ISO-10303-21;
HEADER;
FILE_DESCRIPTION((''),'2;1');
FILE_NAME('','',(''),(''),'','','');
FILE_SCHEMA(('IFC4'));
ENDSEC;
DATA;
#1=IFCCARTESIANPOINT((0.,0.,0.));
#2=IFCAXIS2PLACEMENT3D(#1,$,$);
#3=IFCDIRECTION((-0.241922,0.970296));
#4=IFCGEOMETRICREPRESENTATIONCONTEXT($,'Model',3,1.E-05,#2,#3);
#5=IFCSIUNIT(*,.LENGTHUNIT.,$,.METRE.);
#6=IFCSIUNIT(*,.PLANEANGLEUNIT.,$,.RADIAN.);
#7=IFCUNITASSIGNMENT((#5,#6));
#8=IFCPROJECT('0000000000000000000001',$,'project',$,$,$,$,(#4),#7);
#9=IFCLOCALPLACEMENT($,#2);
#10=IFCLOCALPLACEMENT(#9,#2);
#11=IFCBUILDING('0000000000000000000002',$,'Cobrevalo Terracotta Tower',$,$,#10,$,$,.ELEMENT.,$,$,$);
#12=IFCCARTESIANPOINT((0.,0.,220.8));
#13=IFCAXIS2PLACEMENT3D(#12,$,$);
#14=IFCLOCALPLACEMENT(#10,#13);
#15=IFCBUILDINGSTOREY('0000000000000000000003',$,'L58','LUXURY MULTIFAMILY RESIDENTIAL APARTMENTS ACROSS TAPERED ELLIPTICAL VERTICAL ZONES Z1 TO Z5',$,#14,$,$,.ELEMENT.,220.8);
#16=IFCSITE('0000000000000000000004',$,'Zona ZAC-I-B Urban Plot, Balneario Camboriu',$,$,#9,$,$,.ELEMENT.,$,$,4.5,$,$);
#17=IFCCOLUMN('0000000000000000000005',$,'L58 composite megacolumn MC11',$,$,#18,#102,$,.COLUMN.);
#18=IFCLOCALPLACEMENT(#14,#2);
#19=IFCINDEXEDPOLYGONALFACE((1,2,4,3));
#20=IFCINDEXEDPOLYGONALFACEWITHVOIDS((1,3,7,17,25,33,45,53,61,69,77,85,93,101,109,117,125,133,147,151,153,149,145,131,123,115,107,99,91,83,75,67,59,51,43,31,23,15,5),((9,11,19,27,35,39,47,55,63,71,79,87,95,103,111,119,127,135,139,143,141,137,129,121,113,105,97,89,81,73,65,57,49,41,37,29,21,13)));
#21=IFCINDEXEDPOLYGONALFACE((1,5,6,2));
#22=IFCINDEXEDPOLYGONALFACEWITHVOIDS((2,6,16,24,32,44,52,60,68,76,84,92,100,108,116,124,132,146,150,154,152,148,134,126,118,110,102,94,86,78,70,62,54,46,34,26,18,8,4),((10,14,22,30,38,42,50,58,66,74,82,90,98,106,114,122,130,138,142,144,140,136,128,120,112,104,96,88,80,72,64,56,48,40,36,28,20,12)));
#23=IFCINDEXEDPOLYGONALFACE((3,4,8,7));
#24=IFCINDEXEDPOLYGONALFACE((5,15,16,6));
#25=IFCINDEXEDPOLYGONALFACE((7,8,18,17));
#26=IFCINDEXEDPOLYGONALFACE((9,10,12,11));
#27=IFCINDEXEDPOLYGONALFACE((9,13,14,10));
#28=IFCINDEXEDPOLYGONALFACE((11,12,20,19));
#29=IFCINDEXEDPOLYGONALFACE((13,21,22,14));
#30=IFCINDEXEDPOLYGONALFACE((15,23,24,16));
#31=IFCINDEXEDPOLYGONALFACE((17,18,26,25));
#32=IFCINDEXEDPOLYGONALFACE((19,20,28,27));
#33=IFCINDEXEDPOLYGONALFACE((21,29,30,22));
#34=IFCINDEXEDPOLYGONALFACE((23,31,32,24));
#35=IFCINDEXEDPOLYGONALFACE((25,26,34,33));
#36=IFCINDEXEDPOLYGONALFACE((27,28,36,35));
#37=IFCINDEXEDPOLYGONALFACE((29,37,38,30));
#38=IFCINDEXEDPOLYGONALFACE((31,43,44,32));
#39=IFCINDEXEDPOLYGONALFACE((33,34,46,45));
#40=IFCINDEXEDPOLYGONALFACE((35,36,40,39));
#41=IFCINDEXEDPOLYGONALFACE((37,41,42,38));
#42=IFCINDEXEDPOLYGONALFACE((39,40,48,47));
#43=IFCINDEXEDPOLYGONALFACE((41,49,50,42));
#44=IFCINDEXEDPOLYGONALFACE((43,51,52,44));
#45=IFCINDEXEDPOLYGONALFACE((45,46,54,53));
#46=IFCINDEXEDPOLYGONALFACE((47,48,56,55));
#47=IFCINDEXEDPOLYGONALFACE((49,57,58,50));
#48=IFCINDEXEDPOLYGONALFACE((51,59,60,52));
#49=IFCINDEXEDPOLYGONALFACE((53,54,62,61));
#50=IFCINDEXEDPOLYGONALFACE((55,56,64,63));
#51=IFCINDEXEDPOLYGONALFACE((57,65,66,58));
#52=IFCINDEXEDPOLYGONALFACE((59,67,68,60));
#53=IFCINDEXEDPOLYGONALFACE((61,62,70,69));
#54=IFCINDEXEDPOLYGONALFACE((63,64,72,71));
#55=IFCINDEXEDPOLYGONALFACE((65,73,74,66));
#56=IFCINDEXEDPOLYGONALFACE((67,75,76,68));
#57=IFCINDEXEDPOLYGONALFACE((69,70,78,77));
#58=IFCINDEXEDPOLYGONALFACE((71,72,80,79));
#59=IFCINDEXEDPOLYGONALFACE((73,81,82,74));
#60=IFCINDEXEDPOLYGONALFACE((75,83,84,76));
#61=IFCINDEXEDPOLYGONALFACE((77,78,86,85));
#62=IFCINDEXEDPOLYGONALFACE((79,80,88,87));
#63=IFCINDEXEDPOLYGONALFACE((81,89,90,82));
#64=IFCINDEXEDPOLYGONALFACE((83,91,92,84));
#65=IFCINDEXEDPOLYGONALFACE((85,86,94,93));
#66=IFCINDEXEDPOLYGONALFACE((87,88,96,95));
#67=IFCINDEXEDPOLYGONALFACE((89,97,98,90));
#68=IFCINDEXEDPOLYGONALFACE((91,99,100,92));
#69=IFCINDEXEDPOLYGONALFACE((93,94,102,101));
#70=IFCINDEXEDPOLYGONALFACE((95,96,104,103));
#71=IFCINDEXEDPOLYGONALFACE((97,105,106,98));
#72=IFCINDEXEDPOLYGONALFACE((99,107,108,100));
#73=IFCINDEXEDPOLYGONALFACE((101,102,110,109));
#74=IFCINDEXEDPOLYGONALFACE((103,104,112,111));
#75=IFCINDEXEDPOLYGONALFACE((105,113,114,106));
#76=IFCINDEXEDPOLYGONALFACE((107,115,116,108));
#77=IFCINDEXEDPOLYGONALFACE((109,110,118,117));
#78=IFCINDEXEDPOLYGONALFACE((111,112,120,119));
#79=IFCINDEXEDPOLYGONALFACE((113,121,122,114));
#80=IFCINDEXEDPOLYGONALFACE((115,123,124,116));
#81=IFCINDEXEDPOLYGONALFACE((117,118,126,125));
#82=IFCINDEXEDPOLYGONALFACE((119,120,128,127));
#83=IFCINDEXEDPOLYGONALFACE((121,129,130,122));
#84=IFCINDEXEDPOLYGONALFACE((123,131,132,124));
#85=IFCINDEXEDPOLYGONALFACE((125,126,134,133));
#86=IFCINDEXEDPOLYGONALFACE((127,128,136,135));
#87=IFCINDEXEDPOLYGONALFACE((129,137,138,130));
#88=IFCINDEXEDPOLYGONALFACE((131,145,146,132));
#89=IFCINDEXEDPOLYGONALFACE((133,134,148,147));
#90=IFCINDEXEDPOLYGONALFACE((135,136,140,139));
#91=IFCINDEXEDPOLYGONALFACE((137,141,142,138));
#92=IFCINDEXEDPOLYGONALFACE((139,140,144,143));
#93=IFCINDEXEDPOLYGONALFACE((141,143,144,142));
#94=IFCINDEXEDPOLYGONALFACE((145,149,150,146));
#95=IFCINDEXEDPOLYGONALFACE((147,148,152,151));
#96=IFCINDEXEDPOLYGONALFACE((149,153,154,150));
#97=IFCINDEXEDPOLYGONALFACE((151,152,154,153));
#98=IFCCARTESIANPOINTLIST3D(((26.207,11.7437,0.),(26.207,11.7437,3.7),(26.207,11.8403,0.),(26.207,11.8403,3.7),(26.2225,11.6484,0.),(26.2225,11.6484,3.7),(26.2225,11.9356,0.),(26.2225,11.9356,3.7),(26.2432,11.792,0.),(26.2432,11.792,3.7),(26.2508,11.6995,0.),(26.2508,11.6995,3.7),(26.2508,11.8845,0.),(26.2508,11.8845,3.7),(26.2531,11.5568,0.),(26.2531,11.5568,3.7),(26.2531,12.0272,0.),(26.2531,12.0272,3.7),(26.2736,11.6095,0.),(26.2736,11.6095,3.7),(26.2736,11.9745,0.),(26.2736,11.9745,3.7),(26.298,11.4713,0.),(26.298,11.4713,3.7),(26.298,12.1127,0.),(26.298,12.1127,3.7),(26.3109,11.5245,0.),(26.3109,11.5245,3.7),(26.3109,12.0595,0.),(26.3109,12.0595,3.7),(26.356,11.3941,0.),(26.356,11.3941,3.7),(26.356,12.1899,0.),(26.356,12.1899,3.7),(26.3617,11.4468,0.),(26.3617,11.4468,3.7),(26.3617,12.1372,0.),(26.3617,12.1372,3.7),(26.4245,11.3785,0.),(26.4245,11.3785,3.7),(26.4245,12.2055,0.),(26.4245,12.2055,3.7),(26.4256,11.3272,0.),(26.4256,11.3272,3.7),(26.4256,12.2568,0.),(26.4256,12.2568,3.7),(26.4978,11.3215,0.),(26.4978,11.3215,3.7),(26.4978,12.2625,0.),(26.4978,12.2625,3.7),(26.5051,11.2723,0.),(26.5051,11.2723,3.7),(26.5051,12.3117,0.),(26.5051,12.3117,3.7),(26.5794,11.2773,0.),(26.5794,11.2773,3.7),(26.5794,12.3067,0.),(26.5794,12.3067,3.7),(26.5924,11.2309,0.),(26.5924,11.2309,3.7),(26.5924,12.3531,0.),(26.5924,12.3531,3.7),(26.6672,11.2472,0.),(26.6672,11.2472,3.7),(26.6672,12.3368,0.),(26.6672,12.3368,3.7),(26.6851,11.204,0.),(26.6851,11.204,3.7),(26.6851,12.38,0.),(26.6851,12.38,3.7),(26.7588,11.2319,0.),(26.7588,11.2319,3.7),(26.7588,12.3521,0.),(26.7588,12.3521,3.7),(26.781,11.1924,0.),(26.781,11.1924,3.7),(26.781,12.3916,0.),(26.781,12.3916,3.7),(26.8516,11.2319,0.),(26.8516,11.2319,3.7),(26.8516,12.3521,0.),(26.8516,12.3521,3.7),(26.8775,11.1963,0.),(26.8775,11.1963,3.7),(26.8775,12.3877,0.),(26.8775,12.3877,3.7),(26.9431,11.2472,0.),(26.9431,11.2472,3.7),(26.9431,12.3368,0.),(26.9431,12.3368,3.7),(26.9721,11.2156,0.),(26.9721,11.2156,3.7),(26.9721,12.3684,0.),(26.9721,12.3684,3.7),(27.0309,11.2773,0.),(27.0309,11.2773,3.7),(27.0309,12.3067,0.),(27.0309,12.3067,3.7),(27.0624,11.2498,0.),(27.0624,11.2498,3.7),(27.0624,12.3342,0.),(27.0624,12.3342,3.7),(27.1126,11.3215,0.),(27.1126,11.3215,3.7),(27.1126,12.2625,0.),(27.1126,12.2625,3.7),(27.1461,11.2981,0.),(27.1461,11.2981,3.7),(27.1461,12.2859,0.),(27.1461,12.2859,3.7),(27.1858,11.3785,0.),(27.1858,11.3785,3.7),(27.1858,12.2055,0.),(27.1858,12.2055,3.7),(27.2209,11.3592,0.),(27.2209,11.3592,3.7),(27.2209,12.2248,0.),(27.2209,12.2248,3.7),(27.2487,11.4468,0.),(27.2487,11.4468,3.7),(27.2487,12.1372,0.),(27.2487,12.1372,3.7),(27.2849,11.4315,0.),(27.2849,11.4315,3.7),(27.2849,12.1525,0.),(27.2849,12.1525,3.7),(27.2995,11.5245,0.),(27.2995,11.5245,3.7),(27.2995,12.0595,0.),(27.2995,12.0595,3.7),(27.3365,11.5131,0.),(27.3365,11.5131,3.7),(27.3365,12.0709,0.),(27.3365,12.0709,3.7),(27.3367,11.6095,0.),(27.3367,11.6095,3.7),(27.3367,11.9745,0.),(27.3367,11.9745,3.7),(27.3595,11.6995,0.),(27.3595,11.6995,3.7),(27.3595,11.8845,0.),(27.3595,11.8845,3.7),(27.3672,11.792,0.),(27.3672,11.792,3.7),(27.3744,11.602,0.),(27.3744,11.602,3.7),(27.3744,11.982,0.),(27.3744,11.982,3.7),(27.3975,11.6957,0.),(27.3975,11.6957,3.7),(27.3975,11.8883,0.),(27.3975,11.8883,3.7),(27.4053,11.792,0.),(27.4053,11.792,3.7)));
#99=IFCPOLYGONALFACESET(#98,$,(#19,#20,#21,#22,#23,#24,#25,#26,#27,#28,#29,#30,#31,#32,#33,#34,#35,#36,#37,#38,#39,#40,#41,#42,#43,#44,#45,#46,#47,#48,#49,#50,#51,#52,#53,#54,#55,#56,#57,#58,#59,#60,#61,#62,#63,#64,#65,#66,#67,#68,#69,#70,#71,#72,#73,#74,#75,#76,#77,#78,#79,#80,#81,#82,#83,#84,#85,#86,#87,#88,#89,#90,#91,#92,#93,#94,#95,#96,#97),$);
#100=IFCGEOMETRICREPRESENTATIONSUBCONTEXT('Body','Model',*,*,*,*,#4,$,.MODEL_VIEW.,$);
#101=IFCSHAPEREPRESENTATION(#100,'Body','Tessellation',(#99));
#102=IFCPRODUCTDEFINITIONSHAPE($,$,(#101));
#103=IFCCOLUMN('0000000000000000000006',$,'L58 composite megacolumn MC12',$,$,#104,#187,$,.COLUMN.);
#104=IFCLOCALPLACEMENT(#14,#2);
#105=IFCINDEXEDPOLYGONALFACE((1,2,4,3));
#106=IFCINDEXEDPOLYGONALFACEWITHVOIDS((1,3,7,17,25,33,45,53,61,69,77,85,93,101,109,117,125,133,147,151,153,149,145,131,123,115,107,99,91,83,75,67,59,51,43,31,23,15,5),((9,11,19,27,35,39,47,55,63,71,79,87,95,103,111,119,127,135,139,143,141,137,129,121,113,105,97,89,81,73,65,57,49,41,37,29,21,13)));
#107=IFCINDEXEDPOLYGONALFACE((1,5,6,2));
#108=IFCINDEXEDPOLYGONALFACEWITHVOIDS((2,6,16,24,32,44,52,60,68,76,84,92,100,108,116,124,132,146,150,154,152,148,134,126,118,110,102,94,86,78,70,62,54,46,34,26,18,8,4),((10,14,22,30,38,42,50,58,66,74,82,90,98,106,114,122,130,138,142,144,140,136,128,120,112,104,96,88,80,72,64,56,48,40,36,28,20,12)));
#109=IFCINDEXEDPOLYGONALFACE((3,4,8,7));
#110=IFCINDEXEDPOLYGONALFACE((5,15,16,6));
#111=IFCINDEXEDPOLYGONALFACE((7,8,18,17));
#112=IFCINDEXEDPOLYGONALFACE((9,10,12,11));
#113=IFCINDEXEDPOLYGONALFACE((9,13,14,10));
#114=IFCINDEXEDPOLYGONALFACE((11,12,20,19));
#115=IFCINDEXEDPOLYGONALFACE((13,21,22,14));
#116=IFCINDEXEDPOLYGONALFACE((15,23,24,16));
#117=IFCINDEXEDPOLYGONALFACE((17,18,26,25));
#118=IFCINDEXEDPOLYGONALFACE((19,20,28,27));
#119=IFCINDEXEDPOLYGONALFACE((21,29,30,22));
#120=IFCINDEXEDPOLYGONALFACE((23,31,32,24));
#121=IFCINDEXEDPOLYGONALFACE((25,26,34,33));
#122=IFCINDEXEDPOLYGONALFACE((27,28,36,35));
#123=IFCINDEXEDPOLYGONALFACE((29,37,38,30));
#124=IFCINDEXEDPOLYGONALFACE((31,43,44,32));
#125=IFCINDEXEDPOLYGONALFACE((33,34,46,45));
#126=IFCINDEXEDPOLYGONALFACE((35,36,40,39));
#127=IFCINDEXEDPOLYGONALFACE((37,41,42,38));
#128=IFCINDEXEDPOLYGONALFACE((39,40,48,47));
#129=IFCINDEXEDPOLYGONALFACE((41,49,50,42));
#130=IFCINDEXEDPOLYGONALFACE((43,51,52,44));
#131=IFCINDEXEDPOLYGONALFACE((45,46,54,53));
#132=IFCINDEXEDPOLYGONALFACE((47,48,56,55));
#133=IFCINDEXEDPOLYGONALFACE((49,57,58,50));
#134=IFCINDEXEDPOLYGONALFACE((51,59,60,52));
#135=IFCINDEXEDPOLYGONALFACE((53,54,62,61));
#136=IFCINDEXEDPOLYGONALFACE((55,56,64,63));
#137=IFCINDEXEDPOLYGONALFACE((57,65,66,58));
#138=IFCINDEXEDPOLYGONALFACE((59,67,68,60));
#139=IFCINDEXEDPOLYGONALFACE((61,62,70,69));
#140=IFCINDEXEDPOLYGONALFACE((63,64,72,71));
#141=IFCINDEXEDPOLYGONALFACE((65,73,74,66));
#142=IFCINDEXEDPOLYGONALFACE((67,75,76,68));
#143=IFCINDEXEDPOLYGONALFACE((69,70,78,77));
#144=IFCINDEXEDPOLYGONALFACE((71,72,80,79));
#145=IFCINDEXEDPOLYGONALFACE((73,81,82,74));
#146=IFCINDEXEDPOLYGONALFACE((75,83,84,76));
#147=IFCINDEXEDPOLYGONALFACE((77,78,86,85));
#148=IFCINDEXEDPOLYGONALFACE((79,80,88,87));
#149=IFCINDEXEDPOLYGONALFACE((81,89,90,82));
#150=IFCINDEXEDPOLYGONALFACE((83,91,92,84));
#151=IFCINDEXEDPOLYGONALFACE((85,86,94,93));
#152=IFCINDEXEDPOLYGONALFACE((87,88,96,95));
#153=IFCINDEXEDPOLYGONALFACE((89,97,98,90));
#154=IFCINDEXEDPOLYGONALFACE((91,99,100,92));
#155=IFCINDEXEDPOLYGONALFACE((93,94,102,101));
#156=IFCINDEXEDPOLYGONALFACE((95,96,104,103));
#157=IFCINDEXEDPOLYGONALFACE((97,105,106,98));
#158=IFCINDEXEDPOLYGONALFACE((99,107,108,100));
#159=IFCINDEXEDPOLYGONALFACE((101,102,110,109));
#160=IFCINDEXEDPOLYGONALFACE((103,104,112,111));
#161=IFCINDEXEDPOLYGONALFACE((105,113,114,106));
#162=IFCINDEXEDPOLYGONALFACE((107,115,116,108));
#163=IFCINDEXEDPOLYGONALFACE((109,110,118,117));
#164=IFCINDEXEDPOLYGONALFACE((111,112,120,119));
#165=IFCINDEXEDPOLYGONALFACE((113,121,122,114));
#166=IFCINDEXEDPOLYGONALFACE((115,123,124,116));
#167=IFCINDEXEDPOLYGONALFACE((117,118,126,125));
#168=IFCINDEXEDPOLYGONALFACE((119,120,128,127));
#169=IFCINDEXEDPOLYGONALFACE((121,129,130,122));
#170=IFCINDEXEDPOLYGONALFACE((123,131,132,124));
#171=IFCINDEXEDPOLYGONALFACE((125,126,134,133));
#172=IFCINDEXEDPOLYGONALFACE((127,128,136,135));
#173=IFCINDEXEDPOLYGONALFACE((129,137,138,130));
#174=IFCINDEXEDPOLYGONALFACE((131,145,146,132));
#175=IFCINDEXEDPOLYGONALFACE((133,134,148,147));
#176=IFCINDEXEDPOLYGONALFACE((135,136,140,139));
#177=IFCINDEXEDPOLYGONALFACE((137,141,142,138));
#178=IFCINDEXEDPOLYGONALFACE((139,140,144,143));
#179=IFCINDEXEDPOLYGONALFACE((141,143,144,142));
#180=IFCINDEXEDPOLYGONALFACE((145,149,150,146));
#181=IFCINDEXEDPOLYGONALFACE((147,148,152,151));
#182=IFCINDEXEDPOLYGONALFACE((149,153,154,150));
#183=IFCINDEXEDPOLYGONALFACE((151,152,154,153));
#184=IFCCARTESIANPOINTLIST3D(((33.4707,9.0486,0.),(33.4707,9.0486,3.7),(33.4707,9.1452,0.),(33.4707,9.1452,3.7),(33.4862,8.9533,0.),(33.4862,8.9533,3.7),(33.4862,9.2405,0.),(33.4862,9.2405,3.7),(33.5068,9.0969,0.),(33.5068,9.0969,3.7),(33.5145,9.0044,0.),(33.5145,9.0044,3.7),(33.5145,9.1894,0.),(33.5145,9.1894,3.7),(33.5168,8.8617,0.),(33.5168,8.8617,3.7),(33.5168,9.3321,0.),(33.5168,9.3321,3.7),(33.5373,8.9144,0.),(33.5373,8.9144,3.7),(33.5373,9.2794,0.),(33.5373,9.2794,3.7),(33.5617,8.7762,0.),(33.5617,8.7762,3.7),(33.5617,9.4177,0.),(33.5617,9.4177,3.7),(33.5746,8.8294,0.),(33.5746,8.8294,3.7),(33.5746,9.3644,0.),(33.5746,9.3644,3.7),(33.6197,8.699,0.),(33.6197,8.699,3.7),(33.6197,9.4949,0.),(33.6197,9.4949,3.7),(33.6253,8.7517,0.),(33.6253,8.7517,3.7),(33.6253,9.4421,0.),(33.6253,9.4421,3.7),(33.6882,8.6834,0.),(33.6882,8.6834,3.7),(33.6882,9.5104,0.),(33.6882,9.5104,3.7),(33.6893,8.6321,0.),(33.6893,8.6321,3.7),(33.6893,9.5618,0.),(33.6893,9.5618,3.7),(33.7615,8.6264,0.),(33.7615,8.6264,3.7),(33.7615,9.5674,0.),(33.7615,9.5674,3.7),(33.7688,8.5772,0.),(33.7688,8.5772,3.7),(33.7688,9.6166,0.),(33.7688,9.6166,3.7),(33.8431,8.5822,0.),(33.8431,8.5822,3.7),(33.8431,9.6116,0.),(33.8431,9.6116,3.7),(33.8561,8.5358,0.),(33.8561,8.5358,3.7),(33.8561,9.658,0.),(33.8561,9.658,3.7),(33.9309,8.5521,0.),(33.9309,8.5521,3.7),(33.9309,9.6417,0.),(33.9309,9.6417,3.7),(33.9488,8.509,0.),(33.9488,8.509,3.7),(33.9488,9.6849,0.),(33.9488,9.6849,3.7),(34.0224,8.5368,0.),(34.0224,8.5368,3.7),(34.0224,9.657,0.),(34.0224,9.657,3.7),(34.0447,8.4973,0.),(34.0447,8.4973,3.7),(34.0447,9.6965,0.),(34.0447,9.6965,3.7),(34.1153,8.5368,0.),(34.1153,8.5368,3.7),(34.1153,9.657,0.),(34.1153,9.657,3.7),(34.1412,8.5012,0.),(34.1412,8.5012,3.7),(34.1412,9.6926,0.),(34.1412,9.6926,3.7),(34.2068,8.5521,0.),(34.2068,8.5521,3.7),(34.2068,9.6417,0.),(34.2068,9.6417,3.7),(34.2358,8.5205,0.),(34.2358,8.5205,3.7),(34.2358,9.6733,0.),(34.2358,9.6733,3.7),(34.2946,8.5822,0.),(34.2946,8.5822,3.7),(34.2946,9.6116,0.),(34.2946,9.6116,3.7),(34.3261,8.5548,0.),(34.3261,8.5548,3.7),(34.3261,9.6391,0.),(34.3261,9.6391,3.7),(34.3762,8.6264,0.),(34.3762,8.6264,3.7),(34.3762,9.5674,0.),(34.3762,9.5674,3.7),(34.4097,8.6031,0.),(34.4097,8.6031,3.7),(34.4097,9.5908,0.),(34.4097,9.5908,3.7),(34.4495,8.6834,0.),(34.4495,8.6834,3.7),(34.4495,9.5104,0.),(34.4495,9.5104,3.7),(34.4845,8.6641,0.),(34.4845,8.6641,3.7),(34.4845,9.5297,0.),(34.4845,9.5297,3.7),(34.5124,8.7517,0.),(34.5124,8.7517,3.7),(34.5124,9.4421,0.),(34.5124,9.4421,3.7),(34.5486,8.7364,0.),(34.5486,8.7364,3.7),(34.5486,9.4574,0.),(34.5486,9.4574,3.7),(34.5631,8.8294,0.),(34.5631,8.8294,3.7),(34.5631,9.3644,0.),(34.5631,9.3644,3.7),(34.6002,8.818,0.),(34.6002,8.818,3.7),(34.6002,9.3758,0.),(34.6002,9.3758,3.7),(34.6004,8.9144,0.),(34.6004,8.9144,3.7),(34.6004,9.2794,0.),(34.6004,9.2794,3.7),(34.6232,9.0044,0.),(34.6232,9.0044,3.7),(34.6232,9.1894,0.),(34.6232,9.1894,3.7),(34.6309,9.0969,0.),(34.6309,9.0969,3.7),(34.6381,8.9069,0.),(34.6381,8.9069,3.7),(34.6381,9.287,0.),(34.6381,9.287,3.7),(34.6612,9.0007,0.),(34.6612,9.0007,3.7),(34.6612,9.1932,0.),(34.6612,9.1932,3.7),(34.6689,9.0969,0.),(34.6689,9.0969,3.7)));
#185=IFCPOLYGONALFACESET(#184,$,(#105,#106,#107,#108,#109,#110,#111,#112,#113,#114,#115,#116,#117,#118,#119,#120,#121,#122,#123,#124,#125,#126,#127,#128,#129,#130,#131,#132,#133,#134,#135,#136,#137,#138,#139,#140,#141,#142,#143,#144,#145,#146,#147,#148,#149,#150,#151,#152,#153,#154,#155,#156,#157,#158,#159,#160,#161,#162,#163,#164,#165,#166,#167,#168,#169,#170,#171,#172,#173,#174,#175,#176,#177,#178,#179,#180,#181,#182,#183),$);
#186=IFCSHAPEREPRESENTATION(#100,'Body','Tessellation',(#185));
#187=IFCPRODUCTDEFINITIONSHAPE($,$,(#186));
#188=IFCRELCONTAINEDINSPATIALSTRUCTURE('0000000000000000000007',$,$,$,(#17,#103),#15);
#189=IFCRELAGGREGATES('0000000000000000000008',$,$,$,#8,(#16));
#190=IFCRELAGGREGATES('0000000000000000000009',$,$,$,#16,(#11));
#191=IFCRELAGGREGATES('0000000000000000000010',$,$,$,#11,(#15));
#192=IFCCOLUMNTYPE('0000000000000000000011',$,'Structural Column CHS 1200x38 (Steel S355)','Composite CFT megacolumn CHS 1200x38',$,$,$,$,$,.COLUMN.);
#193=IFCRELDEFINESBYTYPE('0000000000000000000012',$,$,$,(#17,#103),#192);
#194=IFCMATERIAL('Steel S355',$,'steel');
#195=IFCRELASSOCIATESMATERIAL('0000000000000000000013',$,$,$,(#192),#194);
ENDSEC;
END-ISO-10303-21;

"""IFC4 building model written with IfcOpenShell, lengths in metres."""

from ifc_helpers import new_model, si_unit, direction, frame, origin, origin_2d, place, context, subcontext, project, spatial, hollow_circle, extrude, material, material_profile, profile_set, type_object, element, save


model = new_model("IFC4")

# Units and contexts
model_context = context("Model", 3, precision=1e-05, world=origin(), true_north=direction((-0.241922, 0.970296)))
body_context = subcontext(model_context, "Body", "Model", "MODEL_VIEW")
ifc_project = project(units=[si_unit("LENGTHUNIT", "METRE"), si_unit("PLANEANGLEUNIT", "RADIAN")], contexts=[model_context])

# Site, building, storey
site_placement = place(None, origin())
site = spatial("IfcSite", under=ifc_project, at=site_placement, Name="Zona ZAC-I-B Urban Plot, Balneario Camboriu", CompositionType="ELEMENT", RefElevation=4.5)
building_placement = place(site_placement, origin())
building = spatial("IfcBuilding", under=site, at=building_placement, Name="Cobrevalo Terracotta Tower", CompositionType="ELEMENT")
storey_placement = place(building_placement, frame((0.0, 0.0, 220.8)))
storey = spatial("IfcBuildingStorey", under=building, at=storey_placement, Name="L58", Description="LUXURY MULTIFAMILY RESIDENTIAL APARTMENTS ACROSS TAPERED ELLIPTICAL VERTICAL ZONES Z1 TO Z5", CompositionType="ELEMENT", Elevation=220.8)

# Columns
ifc_material_1 = material(Name="Steel S355", Category="steel")
ifc_material_profile_1 = material_profile(ifc_material_1, hollow_circle(Radius=0.6001, WallThickness=0.0381, at=origin_2d()), Name="CHS 1200x38")
ifc_profile_set_1 = profile_set([ifc_material_profile_1], Name="Steel S355")
column_type = type_object("IfcColumnType", Name="Structural Column CHS 1200x38 (Steel S355)", Description="Composite CFT megacolumn CHS 1200x38", PredefinedType="COLUMN", material=ifc_profile_set_1)
for number, where, z_axis, x_axis, name in (
    (1, (26.8052, 11.792, 0.0), (0.0, 0.0, 1.0), (1.0, 0.0, 0.0), "L58 composite megacolumn MC11"),
    (2, (34.0688, 9.0969, 0.0), (0.0, 0.0, 1.0), (1.0, 0.0, 0.0), "L58 composite megacolumn MC12"),
):
    element("IfcColumn", number, at=place(storey_placement, frame(where, z_axis=z_axis, x_axis=x_axis)), inside=storey, type_object=column_type, Name=name, PredefinedType="COLUMN", context=body_context, shape_type="SweptSolid", body=[
        extrude(hollow_circle(Radius=0.6001, WallThickness=0.0381, at=origin_2d()), origin(), (0.0, 0.0, 1.0), 3.7),
    ])

save(model, "model.ifc")
